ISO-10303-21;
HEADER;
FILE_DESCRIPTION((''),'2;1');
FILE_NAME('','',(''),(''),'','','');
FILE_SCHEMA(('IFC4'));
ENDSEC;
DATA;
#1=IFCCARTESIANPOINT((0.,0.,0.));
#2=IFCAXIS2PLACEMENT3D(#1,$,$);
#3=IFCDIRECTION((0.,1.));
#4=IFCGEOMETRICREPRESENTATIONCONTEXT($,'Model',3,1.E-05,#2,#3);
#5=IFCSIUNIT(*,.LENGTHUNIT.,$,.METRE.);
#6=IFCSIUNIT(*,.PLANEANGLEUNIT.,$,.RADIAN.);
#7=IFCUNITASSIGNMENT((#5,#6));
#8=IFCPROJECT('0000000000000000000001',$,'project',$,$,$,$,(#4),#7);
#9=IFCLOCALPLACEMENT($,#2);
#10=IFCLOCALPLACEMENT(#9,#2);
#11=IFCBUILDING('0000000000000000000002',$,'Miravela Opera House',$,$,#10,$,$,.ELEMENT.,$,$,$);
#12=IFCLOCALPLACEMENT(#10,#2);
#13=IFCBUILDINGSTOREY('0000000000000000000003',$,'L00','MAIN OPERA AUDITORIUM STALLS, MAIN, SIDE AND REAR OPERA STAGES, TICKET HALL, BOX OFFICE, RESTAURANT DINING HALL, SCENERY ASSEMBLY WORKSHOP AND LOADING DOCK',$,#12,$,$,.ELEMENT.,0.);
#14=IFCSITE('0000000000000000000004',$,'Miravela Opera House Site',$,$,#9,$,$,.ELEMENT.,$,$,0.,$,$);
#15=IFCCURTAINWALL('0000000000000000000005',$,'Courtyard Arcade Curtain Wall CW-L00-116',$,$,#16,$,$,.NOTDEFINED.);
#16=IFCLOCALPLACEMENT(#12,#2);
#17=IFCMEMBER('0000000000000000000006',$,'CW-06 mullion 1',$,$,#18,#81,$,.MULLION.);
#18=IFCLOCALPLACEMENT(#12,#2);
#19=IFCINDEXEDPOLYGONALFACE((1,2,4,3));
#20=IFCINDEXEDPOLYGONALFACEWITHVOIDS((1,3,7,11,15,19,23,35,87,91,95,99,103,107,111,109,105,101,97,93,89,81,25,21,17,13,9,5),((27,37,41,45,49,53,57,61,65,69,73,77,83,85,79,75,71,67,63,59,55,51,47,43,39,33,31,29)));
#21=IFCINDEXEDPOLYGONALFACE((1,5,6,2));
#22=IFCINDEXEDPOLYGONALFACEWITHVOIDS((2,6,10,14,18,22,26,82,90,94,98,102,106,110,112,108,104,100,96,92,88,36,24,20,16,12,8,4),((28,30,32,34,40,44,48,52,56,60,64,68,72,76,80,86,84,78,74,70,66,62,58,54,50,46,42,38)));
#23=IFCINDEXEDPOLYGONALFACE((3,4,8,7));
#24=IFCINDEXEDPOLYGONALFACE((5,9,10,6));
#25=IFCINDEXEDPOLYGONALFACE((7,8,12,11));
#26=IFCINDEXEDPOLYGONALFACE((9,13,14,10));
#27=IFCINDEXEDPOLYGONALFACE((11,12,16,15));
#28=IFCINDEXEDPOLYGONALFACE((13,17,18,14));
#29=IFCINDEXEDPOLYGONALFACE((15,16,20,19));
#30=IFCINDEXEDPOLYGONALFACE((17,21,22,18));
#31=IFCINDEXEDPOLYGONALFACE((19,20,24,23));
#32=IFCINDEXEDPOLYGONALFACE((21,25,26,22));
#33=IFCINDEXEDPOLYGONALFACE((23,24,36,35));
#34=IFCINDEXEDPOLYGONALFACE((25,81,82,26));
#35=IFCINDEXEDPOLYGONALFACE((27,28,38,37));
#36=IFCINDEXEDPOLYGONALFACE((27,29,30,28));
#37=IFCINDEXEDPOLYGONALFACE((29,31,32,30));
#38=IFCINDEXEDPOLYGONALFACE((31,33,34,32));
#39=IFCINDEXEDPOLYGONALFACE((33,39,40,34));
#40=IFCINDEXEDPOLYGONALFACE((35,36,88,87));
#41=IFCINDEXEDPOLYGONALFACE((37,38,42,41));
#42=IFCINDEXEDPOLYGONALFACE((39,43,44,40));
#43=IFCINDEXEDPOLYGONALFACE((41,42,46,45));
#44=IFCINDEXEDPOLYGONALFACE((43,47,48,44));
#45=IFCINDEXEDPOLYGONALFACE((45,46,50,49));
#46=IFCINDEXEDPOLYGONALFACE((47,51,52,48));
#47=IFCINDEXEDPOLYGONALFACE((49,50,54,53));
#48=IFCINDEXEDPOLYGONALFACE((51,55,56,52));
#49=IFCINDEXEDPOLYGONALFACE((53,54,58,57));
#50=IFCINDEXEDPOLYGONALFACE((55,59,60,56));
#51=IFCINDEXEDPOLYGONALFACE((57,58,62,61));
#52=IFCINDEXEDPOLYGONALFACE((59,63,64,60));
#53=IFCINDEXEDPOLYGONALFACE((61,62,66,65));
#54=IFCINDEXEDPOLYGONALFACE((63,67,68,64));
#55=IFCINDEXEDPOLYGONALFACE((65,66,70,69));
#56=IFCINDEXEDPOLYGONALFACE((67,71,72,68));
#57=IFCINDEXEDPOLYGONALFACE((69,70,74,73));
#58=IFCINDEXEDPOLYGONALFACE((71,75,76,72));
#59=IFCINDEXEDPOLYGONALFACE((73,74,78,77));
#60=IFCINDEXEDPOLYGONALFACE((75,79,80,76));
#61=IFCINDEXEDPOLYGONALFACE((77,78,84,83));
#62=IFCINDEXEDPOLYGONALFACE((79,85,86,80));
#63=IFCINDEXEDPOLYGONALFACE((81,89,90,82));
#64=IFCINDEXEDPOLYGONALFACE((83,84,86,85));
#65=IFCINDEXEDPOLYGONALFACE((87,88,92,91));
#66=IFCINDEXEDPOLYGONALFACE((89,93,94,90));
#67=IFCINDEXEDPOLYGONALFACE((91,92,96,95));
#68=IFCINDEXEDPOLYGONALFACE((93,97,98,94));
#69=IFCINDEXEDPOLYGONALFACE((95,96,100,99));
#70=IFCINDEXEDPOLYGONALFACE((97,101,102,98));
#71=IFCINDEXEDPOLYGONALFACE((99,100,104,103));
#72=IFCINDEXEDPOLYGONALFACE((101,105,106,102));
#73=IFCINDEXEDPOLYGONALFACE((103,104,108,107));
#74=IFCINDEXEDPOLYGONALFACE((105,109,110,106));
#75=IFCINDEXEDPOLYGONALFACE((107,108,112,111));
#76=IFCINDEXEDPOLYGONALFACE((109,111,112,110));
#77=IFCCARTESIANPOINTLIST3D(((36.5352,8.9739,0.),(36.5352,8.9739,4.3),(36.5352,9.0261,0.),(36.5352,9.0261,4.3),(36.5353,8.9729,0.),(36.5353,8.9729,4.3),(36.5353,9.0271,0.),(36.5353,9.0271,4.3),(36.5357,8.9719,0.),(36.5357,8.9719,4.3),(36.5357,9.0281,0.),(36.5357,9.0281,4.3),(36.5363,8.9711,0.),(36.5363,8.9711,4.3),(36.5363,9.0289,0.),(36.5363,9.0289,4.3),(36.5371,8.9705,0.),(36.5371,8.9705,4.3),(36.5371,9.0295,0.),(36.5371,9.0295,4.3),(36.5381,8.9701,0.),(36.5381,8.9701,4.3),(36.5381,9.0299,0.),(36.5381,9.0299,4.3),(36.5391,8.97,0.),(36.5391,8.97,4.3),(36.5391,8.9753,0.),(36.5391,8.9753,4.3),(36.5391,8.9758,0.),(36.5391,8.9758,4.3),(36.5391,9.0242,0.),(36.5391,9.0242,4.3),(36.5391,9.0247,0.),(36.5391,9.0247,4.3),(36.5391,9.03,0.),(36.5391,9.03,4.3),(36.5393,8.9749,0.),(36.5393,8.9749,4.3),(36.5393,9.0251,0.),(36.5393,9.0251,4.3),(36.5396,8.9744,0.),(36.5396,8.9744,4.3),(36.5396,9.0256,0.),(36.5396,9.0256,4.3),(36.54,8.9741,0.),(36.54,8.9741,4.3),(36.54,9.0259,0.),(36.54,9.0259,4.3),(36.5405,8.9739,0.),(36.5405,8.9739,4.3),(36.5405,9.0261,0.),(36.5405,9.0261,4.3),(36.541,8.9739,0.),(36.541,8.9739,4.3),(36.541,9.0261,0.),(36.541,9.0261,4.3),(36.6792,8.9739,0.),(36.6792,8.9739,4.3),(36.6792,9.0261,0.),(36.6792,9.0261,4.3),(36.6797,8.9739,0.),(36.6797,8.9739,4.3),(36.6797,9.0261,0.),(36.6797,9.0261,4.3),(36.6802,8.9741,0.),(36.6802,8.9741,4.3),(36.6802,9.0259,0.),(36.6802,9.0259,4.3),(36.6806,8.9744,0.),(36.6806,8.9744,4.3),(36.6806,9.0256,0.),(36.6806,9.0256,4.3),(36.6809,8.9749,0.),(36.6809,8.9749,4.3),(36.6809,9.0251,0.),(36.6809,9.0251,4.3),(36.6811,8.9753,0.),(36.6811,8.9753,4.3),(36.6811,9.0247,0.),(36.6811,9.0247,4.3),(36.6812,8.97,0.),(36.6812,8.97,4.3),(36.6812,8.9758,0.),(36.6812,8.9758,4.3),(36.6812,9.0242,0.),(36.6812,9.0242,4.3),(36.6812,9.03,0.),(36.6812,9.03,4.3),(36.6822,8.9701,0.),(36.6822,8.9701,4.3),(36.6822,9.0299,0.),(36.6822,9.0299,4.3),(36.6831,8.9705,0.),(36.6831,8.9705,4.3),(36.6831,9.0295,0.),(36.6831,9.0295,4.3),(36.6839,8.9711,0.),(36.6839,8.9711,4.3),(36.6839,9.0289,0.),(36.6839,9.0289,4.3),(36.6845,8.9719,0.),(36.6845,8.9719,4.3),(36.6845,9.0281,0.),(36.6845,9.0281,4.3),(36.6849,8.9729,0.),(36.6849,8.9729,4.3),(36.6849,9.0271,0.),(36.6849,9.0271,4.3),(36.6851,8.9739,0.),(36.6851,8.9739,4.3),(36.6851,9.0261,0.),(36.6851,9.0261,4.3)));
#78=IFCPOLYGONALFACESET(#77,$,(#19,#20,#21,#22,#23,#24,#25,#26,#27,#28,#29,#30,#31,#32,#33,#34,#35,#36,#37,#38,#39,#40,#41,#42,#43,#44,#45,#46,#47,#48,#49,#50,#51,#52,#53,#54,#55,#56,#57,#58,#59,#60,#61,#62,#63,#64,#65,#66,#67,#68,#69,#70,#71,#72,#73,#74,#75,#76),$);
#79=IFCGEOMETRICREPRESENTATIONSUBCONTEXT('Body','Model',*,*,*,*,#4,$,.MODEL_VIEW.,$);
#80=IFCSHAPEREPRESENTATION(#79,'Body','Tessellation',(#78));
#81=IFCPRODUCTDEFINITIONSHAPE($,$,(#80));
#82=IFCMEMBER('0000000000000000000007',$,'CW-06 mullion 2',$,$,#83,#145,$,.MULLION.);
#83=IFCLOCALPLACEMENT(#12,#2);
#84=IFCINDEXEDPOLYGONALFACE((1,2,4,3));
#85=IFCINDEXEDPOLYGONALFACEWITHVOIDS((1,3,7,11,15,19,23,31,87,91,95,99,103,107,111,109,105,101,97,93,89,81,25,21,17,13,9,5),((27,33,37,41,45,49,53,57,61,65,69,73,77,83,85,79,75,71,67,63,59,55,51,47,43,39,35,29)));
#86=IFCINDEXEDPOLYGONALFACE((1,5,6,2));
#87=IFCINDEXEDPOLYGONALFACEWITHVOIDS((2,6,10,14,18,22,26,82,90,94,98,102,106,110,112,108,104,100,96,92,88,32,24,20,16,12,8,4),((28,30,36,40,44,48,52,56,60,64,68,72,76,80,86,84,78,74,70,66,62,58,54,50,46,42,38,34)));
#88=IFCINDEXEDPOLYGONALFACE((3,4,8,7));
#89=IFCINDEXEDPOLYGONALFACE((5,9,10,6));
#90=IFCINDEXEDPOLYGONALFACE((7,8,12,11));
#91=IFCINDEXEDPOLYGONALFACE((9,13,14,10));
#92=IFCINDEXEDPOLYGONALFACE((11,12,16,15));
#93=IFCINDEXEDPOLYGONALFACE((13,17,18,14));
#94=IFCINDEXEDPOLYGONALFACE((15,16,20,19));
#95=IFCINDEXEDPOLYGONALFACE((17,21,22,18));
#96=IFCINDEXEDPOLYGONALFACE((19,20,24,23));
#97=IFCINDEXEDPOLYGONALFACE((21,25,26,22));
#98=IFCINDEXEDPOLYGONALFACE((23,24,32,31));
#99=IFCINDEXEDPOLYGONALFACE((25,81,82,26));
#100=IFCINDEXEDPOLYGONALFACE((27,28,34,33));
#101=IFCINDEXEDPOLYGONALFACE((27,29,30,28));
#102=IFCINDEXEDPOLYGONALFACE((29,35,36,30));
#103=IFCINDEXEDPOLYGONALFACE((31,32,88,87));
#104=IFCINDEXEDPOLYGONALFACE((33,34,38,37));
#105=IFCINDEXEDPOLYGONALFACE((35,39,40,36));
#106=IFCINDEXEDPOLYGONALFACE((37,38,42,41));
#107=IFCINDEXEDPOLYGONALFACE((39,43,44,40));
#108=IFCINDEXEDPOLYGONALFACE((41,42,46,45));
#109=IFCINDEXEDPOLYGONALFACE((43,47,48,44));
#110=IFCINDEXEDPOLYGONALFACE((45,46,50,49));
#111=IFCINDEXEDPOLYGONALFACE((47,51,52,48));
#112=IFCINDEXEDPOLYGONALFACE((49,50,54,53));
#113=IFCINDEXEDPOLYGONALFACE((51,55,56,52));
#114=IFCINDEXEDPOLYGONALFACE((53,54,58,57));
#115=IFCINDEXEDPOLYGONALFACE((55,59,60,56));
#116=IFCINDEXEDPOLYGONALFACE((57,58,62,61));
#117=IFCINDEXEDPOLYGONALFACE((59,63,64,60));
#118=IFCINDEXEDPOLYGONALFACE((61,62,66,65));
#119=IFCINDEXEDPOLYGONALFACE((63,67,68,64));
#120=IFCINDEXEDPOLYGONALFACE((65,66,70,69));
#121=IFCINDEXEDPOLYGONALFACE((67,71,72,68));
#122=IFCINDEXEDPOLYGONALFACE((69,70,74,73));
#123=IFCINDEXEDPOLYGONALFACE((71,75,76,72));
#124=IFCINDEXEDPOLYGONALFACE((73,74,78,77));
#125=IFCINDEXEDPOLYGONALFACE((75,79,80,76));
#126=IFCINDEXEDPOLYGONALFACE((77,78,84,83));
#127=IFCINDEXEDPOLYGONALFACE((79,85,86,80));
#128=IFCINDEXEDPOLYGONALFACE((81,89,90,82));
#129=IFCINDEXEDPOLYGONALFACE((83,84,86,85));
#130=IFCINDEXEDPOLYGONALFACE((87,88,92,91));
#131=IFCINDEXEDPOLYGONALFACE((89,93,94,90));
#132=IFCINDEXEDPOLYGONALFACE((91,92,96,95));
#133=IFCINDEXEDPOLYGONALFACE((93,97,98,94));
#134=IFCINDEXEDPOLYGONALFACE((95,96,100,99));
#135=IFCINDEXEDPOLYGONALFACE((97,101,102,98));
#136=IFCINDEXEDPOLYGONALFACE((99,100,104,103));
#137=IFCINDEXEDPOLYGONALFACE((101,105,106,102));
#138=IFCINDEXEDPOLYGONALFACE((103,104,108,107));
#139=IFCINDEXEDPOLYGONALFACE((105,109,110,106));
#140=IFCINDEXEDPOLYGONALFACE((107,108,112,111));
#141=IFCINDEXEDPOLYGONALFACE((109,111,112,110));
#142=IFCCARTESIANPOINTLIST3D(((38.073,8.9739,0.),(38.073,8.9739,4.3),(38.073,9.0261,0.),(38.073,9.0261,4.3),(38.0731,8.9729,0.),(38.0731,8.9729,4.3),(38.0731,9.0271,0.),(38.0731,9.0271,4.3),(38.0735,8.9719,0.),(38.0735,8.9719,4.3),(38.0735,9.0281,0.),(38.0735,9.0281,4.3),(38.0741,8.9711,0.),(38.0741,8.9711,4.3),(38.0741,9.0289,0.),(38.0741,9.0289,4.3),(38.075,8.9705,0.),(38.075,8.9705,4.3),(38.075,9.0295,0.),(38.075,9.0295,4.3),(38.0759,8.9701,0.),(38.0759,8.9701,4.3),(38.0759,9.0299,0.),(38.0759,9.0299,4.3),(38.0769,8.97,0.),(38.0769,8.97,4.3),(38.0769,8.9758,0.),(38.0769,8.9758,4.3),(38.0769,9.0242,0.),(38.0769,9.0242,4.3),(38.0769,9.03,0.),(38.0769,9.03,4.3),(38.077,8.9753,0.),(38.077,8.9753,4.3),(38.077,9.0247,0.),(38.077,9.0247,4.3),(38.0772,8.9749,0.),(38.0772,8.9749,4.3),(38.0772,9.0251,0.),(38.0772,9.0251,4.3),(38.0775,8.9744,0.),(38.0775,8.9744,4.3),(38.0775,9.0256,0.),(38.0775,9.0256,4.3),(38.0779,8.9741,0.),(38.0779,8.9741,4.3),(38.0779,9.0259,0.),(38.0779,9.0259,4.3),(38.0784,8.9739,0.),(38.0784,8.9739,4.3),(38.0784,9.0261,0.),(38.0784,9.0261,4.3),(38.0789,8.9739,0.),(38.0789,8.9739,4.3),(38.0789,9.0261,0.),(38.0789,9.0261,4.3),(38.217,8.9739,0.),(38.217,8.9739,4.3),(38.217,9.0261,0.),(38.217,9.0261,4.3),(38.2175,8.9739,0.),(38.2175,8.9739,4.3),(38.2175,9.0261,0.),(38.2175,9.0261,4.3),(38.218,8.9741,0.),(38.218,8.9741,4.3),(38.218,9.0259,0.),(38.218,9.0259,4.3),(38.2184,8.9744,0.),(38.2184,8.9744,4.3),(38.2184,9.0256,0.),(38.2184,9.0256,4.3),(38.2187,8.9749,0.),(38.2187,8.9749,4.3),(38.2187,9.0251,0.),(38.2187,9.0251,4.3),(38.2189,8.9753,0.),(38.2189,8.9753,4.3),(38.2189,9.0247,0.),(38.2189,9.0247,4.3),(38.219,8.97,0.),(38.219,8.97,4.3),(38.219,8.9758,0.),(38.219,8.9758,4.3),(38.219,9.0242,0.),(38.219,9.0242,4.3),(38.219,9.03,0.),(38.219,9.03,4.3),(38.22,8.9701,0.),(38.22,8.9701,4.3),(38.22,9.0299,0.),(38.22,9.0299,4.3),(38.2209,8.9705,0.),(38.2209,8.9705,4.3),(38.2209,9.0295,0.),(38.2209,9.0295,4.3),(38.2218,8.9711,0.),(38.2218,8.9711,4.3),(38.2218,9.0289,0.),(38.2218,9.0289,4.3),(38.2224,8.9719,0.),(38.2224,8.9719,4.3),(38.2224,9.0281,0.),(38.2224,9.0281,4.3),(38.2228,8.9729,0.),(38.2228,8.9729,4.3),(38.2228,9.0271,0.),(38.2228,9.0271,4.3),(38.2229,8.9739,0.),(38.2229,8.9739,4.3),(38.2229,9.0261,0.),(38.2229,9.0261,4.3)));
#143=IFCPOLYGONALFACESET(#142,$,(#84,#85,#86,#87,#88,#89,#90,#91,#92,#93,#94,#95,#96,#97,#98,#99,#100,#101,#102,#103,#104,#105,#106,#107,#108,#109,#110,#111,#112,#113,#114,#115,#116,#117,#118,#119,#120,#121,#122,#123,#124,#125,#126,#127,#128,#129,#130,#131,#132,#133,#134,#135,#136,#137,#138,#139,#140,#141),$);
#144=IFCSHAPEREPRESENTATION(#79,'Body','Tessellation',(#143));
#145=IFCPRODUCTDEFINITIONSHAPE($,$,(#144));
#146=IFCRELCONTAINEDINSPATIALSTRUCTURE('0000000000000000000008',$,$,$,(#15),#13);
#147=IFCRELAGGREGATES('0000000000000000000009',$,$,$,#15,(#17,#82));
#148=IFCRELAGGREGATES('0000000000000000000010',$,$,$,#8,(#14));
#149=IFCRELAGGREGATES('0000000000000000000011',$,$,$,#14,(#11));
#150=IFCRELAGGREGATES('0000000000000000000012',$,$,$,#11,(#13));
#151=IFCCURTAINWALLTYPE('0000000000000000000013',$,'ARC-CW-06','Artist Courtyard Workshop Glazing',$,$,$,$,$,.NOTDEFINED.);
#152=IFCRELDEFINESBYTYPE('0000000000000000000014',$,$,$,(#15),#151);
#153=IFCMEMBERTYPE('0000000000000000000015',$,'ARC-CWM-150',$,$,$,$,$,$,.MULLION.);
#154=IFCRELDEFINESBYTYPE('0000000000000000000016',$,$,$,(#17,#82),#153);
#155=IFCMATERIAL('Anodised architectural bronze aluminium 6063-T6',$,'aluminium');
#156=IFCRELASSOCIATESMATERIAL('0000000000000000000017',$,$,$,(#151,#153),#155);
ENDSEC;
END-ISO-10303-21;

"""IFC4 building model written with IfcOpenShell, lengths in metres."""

from ifc_helpers import new_model, si_unit, direction, frame, origin, origin_2d, place, context, subcontext, project, spatial, hollow_rectangle, extrude, material, material_profile, profile_set, type_object, element, aggregate, save


model = new_model("IFC4")

# Units and contexts
model_context = context("Model", 3, precision=1e-05, world=origin(), true_north=direction((0.0, 1.0)))
body_context = subcontext(model_context, "Body", "Model", "MODEL_VIEW")
ifc_project = project(units=[si_unit("LENGTHUNIT", "METRE"), si_unit("PLANEANGLEUNIT", "RADIAN")], contexts=[model_context])

# Site, building, storey
site_placement = place(None, origin())
site = spatial("IfcSite", under=ifc_project, at=site_placement, Name="Miravela Opera House Site", CompositionType="ELEMENT", RefElevation=0.0)
building_placement = place(site_placement, origin())
building = spatial("IfcBuilding", under=site, at=building_placement, Name="Miravela Opera House", CompositionType="ELEMENT")
storey_placement = place(building_placement, origin())
storey = spatial("IfcBuildingStorey", under=building, at=storey_placement, Name="L00", Description="MAIN OPERA AUDITORIUM STALLS, MAIN, SIDE AND REAR OPERA STAGES, TICKET HALL, BOX OFFICE, RESTAURANT DINING HALL, SCENERY ASSEMBLY WORKSHOP AND LOADING DOCK", CompositionType="ELEMENT", Elevation=0.0)

# Curtain wall, members
ifc_material_1 = material(Name="Anodised architectural bronze aluminium 6063-T6", Category="aluminium")
curtain_wall_type = type_object("IfcCurtainWallType", Name="ARC-CW-06", Description="Artist Courtyard Workshop Glazing", PredefinedType="NOTDEFINED", material=ifc_material_1)
curtain_wall_placement = place(storey_placement, origin())
curtain_wall = element("IfcCurtainWall", 1, at=curtain_wall_placement, inside=storey, type_object=curtain_wall_type, Name="Courtyard Arcade Curtain Wall CW-L00-116", PredefinedType="NOTDEFINED")
ifc_material_profile_1 = material_profile(ifc_material_1, hollow_rectangle(XDim=0.0601, YDim=0.1499, WallThickness=0.0039, InnerFilletRadius=0.002, OuterFilletRadius=0.0039, at=origin_2d()), Name="CWM-60X150")
ifc_profile_set_1 = profile_set([ifc_material_profile_1])
member_type_1 = type_object("IfcMemberType", Name="ARC-CWM-150", PredefinedType="MULLION", material=ifc_profile_set_1)
member_1_placement = place(storey_placement, frame((36.6101, 9.0, 0.0), z_axis=(0.0, 0.0, 1.0), x_axis=(0.0, 1.0, 0.0)))
member_1 = element("IfcMember", 2, at=member_1_placement, type_object=member_type_1, Name="CW-06 mullion 1", PredefinedType="MULLION", context=body_context, shape_type="SweptSolid", body=[
    extrude(hollow_rectangle(XDim=0.0601, YDim=0.1499, WallThickness=0.0039, InnerFilletRadius=0.002, OuterFilletRadius=0.0039, at=origin_2d()), origin(), (0.0, 0.0, 1.0), 4.3),
])
member_2_placement = place(storey_placement, frame((38.1479, 9.0, 0.0), z_axis=(0.0, 0.0, 1.0), x_axis=(0.0, 1.0, 0.0)))
member_2 = element("IfcMember", 3, at=member_2_placement, type_object=member_type_1, Name="CW-06 mullion 2", PredefinedType="MULLION", context=body_context, shape_type="SweptSolid", body=[
    extrude(hollow_rectangle(XDim=0.0601, YDim=0.1499, WallThickness=0.0039, InnerFilletRadius=0.002, OuterFilletRadius=0.0039, at=origin_2d()), origin(), (0.0, 0.0, 1.0), 4.3),
])
aggregate(curtain_wall, [member_1, member_2])

save(model, "model.ifc")
